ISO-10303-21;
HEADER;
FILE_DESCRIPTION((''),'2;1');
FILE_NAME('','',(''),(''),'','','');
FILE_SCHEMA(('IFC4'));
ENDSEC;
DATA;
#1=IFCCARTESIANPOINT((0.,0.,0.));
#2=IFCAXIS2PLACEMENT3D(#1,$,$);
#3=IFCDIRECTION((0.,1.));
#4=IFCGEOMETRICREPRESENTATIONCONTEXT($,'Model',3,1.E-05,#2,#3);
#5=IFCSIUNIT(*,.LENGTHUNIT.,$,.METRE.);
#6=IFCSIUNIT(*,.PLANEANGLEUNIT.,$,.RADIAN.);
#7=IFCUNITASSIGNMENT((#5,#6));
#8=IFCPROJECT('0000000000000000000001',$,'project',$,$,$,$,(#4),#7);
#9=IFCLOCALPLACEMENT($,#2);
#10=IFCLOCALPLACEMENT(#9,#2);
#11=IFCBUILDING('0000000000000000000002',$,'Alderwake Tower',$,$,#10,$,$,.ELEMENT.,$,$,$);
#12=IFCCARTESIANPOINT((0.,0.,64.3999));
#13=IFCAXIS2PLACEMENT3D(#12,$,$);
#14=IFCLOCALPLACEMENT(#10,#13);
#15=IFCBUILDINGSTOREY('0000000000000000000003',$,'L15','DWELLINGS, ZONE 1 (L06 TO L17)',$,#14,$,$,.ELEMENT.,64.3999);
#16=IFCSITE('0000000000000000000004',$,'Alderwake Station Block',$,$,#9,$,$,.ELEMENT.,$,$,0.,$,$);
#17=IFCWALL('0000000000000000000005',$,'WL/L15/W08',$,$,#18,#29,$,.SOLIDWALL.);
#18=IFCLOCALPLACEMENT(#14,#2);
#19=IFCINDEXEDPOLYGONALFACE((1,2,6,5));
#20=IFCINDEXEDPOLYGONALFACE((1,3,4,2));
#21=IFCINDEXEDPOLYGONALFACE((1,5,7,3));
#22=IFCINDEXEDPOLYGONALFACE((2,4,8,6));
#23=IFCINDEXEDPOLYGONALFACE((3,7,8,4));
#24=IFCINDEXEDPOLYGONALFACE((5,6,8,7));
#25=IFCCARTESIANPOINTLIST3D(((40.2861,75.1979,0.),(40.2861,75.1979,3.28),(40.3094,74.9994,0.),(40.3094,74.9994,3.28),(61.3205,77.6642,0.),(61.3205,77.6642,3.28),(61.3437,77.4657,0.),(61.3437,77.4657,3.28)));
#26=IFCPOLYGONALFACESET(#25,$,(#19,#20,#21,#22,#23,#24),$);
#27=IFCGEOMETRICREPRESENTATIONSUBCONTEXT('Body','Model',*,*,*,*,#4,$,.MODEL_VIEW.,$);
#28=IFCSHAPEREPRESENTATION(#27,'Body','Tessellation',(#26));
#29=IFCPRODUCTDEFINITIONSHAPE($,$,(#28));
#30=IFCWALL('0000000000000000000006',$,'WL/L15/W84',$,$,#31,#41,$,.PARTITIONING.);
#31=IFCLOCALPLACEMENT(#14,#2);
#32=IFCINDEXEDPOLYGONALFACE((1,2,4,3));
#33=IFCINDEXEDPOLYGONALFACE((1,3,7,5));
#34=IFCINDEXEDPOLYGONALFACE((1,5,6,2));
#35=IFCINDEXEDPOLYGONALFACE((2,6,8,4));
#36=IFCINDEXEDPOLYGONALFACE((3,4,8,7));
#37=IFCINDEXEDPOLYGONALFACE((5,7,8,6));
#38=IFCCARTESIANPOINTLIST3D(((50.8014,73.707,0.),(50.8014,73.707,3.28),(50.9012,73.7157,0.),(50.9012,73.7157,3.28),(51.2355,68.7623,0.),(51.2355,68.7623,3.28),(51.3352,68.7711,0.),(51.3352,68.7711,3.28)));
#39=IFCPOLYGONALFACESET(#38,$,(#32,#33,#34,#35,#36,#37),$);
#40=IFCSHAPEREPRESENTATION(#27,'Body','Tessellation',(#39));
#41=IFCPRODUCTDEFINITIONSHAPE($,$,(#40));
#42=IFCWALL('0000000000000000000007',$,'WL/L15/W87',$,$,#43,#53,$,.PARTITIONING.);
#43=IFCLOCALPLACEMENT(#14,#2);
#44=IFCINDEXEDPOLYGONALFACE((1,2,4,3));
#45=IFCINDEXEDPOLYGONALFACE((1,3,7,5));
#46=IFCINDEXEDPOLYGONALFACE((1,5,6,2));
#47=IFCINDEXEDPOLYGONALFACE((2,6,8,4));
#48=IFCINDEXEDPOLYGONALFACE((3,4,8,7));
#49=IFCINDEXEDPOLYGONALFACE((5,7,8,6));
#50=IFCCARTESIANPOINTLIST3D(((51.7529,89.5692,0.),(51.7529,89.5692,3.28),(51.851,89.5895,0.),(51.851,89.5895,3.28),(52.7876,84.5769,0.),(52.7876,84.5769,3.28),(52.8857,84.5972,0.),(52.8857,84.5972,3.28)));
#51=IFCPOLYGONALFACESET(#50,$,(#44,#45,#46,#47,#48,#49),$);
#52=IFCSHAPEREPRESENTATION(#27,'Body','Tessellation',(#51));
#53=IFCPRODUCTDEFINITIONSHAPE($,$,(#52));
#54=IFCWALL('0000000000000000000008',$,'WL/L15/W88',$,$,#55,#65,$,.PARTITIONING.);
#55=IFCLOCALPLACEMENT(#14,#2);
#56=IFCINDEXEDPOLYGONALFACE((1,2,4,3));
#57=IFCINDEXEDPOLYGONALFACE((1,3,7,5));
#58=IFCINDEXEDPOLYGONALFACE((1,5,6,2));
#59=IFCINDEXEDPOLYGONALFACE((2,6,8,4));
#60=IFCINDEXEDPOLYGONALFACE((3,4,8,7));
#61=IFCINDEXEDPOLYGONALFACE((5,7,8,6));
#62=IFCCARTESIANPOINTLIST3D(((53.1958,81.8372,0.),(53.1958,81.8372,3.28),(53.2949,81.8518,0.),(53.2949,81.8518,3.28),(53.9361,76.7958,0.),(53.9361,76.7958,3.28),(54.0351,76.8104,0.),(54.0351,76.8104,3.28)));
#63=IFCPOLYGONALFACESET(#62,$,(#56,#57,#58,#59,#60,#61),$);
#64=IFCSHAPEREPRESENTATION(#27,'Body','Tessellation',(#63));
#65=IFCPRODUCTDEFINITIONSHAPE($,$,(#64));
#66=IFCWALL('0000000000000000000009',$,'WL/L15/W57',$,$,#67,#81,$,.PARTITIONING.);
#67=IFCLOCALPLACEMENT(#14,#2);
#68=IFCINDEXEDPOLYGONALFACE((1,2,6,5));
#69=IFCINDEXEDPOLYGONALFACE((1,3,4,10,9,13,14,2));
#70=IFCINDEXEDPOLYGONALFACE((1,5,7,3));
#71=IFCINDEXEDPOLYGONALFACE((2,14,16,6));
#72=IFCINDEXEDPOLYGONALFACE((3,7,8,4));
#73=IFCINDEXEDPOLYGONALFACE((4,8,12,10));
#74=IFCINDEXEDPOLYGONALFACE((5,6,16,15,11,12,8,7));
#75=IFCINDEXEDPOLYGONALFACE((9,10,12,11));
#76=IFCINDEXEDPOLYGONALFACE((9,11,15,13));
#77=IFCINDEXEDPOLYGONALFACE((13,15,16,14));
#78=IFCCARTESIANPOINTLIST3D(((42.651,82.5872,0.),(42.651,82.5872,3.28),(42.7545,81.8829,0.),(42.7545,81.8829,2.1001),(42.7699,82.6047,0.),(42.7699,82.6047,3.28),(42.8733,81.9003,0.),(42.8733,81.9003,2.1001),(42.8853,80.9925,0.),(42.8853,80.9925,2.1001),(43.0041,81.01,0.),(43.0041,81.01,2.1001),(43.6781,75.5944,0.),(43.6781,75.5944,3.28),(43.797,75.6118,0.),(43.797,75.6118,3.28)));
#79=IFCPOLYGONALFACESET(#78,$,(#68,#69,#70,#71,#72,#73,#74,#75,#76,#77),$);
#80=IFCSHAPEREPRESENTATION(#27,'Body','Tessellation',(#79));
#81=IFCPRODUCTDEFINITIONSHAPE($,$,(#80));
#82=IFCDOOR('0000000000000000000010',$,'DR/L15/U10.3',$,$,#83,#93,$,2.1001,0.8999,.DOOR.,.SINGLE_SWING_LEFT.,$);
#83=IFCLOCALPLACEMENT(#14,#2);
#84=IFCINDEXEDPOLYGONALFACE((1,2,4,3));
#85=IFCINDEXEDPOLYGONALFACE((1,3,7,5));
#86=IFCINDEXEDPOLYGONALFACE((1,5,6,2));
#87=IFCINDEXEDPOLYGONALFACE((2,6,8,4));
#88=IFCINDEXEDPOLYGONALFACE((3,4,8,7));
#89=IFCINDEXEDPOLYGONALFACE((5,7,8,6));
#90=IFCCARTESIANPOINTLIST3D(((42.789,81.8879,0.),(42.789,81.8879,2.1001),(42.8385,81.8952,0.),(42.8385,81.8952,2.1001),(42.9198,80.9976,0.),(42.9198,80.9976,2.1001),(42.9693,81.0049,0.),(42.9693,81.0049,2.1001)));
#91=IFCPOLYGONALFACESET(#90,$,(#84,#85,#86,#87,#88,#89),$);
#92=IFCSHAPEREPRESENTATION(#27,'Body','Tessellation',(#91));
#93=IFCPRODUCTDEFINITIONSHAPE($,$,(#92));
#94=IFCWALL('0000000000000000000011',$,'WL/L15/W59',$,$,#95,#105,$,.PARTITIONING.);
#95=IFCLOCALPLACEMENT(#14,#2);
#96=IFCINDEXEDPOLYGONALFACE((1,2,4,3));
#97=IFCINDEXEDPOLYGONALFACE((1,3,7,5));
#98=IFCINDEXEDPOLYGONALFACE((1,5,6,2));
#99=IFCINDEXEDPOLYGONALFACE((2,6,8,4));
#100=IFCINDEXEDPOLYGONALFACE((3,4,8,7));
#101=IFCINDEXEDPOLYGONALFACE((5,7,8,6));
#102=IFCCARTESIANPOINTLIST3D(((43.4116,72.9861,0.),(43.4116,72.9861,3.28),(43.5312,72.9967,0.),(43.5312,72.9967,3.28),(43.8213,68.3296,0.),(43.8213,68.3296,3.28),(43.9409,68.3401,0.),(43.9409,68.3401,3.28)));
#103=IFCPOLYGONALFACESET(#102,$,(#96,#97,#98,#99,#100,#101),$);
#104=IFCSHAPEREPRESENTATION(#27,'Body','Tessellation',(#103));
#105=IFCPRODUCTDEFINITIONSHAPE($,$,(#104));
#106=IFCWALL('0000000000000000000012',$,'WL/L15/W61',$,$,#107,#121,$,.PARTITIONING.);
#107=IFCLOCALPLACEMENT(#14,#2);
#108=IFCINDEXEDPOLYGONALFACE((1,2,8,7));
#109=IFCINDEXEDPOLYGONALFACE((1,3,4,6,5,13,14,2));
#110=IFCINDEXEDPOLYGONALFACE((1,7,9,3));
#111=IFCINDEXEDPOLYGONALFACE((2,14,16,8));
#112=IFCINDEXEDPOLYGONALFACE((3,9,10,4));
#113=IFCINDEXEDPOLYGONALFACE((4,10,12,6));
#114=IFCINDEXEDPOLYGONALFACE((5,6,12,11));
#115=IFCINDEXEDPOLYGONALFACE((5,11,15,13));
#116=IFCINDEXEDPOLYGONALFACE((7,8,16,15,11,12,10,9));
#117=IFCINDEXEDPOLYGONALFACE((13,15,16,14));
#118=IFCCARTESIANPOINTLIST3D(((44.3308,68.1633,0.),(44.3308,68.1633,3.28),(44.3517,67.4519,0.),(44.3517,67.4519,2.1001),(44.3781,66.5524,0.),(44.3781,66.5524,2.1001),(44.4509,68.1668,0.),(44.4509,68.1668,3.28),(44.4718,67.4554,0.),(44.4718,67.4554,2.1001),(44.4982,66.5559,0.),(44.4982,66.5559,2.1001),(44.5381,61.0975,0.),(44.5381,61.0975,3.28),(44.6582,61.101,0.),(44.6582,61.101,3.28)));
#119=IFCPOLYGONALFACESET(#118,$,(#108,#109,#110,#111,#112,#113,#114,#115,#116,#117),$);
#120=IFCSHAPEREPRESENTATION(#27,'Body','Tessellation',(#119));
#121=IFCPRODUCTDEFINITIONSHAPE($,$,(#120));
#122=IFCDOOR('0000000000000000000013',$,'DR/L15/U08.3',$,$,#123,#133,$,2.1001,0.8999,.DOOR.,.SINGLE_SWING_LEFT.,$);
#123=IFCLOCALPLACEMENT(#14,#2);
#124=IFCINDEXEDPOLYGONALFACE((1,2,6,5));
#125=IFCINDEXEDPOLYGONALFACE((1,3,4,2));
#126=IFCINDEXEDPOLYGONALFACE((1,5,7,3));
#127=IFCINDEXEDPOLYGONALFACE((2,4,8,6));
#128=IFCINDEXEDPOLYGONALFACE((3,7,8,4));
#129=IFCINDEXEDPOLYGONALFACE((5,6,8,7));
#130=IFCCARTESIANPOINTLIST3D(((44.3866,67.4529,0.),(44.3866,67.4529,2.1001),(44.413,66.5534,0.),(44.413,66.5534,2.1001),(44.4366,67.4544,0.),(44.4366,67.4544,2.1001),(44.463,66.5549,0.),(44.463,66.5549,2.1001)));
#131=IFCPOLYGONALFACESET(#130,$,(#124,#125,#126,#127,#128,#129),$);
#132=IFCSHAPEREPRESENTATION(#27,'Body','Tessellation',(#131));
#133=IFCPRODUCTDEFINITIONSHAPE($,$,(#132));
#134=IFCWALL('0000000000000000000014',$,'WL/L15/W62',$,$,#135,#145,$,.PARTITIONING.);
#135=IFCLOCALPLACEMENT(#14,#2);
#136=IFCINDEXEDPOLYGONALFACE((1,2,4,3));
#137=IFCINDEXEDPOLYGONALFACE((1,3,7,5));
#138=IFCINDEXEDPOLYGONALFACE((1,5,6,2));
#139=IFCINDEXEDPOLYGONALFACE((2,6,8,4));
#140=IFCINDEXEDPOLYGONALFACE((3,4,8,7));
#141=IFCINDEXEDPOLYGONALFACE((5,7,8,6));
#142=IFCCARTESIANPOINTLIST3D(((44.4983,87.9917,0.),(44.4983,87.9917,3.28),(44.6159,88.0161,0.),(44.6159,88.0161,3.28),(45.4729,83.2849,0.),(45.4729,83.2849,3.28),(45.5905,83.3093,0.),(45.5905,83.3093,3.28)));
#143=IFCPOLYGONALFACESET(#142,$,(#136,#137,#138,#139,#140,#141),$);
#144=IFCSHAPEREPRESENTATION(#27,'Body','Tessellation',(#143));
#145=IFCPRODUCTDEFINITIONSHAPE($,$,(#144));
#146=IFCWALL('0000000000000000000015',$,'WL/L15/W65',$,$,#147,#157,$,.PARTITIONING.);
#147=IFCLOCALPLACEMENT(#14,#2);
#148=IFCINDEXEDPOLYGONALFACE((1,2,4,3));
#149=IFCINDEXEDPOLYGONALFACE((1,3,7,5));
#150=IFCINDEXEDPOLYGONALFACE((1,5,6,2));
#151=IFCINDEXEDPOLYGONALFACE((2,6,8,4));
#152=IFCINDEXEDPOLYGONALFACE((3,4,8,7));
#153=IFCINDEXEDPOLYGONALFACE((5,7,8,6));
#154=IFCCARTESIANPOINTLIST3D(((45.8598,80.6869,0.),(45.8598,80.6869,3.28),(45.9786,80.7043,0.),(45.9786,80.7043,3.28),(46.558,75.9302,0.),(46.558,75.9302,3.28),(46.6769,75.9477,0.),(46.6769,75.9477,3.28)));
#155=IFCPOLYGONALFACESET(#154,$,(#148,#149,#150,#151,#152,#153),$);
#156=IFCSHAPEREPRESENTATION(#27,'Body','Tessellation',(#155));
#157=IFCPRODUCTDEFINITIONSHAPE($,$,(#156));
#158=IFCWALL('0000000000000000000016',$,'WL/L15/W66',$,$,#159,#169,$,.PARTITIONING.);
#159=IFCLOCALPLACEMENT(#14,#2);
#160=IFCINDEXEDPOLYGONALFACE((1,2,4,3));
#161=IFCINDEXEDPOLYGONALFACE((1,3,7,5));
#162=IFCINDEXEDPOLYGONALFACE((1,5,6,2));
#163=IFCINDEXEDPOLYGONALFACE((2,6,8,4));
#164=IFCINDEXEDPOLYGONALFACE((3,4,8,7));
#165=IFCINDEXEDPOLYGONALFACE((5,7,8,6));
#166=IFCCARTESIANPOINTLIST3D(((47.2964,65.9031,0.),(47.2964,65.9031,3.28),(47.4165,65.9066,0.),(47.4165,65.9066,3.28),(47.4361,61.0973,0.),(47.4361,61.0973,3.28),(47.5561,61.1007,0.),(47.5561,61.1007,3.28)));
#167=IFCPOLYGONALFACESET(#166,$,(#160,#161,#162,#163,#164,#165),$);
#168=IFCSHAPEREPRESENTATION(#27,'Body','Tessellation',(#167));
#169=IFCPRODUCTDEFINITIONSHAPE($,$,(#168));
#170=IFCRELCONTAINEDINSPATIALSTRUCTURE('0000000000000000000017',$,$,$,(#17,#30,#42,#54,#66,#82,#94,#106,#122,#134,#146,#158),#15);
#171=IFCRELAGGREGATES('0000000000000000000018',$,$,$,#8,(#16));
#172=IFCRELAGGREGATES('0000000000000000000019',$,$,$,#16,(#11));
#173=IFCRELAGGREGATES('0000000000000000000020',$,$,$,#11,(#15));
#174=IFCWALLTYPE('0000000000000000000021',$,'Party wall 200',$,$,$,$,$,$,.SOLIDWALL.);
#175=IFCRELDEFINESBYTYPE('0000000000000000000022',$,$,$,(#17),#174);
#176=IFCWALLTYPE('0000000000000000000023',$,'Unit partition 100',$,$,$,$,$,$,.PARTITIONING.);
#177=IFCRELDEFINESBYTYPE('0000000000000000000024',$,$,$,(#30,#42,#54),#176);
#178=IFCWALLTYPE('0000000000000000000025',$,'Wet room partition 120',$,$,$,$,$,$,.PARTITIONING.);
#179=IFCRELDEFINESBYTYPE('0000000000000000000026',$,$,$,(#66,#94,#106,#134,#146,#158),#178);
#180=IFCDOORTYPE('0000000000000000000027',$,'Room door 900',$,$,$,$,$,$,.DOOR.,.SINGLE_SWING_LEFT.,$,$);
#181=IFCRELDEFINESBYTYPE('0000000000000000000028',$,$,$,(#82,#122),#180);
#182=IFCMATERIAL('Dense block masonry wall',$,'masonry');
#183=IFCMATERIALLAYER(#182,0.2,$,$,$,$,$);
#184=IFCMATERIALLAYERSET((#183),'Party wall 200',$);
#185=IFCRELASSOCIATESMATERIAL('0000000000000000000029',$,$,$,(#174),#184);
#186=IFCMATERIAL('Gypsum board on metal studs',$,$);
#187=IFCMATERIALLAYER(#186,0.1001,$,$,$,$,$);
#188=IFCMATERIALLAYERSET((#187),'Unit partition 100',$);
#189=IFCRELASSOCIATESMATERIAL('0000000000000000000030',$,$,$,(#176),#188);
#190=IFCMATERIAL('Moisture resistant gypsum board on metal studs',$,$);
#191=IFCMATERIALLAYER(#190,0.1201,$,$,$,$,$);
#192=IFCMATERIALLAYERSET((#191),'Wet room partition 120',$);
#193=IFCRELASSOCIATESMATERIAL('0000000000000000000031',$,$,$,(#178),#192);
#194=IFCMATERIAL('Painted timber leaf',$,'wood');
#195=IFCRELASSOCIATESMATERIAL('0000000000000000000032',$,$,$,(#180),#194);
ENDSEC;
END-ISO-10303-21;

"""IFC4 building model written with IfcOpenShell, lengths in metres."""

from ifc_helpers import new_model, si_unit, direction, frame, frame_2d, origin, place, context, subcontext, project, spatial, rectangle, extrude, material, layer, layer_set, type_object, element, fill, save


model = new_model("IFC4")

# Units and contexts
model_context = context("Model", 3, precision=1e-05, world=origin(), true_north=direction((0.0, 1.0)))
body_context = subcontext(model_context, "Body", "Model", "MODEL_VIEW")
ifc_project = project(units=[si_unit("LENGTHUNIT", "METRE"), si_unit("PLANEANGLEUNIT", "RADIAN")], contexts=[model_context])

# Site, building, storey
site_placement = place(None, origin())
site = spatial("IfcSite", under=ifc_project, at=site_placement, Name="Alderwake Station Block", CompositionType="ELEMENT", RefElevation=0.0)
building_placement = place(site_placement, origin())
building = spatial("IfcBuilding", under=site, at=building_placement, Name="Alderwake Tower", CompositionType="ELEMENT")
storey_placement = place(building_placement, frame((0.0, 0.0, 64.3999)))
storey = spatial("IfcBuildingStorey", under=building, at=storey_placement, Name="L15", Description="DWELLINGS, ZONE 1 (L06 TO L17)", CompositionType="ELEMENT", Elevation=64.3999)

# Walls
ifc_material_1 = material(Name="Dense block masonry wall", Category="masonry")
ifc_layer_1 = layer(ifc_material_1, 0.2)
ifc_layer_set_1 = layer_set([ifc_layer_1], Name="Party wall 200")
wall_type_1 = type_object("IfcWallType", Name="Party wall 200", PredefinedType="SOLIDWALL", material=ifc_layer_set_1)
wall_1_placement = place(storey_placement, frame((40.2976, 75.0986, 0.0), z_axis=(0.0, 0.0, 1.0), x_axis=(0.993196, 0.116453, 0.0)))
element("IfcWall", 1, at=wall_1_placement, inside=storey, type_object=wall_type_1, Name="WL/L15/W08", PredefinedType="SOLIDWALL", context=body_context, shape_type="SweptSolid", body=[
    extrude(rectangle(XDim=21.1785, YDim=0.2, at=frame_2d((10.5894, 0.0))), origin(), (0.0, 0.0, 1.0), 3.28),
])
ifc_material_2 = material(Name="Gypsum board on metal studs")
ifc_layer_2 = layer(ifc_material_2, 0.1001)
ifc_layer_set_2 = layer_set([ifc_layer_2], Name="Unit partition 100")
wall_type_2 = type_object("IfcWallType", Name="Unit partition 100", PredefinedType="PARTITIONING", material=ifc_layer_set_2)
wall_2_placement = place(storey_placement, frame((51.2854, 68.7666, 0.0), z_axis=(0.0, 0.0, 1.0), x_axis=(-0.087453, 0.996169, 0.0)))
element("IfcWall", 2, at=wall_2_placement, inside=storey, type_object=wall_type_2, Name="WL/L15/W84", PredefinedType="PARTITIONING", context=body_context, shape_type="SweptSolid", body=[
    extrude(rectangle(XDim=4.9636, YDim=0.1001, at=frame_2d((2.4819, 0.0))), origin(), (0.0, 0.0, 1.0), 3.28),
])
wall_3_placement = place(storey_placement, frame((52.8367, 84.5869, 0.0), z_axis=(0.0, 0.0, 1.0), x_axis=(-0.202944, 0.97919, 0.0)))
element("IfcWall", 3, at=wall_3_placement, inside=storey, type_object=wall_type_2, Name="WL/L15/W87", PredefinedType="PARTITIONING", context=body_context, shape_type="SweptSolid", body=[
    extrude(rectangle(XDim=5.0984, YDim=0.1001, at=frame_2d((2.5493, 0.0))), origin(), (0.0, 0.0, 1.0), 3.28),
])
wall_4_placement = place(storey_placement, frame((53.9856, 76.803, 0.0), z_axis=(0.0, 0.0, 1.0), x_axis=(-0.145271, 0.989392, 0.0)))
element("IfcWall", 4, at=wall_4_placement, inside=storey, type_object=wall_type_2, Name="WL/L15/W88", PredefinedType="PARTITIONING", context=body_context, shape_type="SweptSolid", body=[
    extrude(rectangle(XDim=5.0955, YDim=0.1001, at=frame_2d((2.5479, 0.0))), origin(), (0.0, 0.0, 1.0), 3.28),
])

# Wall, opening, door
ifc_material_3 = material(Name="Moisture resistant gypsum board on metal studs")
ifc_layer_3 = layer(ifc_material_3, 0.1201)
ifc_layer_set_3 = layer_set([ifc_layer_3], Name="Wet room partition 120")
wall_type_3 = type_object("IfcWallType", Name="Wet room partition 120", PredefinedType="PARTITIONING", material=ifc_layer_set_3)
wall_5_placement = place(storey_placement, frame((42.7104, 82.5959, 0.0), z_axis=(0.0, 0.0, 1.0), x_axis=(0.145318, -0.989385, 0.0)))
wall_5 = element("IfcWall", 5, at=wall_5_placement, inside=storey, type_object=wall_type_3, Name="WL/L15/W57", PredefinedType="PARTITIONING", context=body_context, shape_type="SweptSolid", body=[
    extrude(rectangle(XDim=7.0679, YDim=0.1201, at=frame_2d((3.5339, 0.0))), origin(), (0.0, 0.0, 1.0), 3.28),
])
opening_1_placement = place(wall_5_placement, frame((0.7119, 0.0, 0.0)))
opening_1 = element("IfcOpeningElement", 6, at=opening_1_placement, cuts=wall_5, PredefinedType="OPENING", context=body_context, shape_type="SweptSolid", body=[
    extrude(rectangle(XDim=0.8999, YDim=2.1001, at=frame_2d((0.45, 1.05))), frame((0.0, 0.0701, 0.0), z_axis=(0.0, -1.0, 0.0), x_axis=(1.0, 0.0, 0.0)), (0.0, 0.0, 1.0), 0.1401),
])
ifc_material_4 = material(Name="Painted timber leaf", Category="wood")
door_type_1 = type_object("IfcDoorType", Name="Room door 900", OperationType="SINGLE_SWING_LEFT", PredefinedType="DOOR", material=ifc_material_4)
door_1_placement = place(opening_1_placement, origin())
door_1 = element("IfcDoor", 7, at=door_1_placement, inside=storey, type_object=door_type_1, Name="DR/L15/U10.3", OperationType="SINGLE_SWING_LEFT", OverallHeight=2.1001, OverallWidth=0.8999, PredefinedType="DOOR", context=body_context, shape_type="SweptSolid", body=[
    extrude(rectangle(XDim=0.8999, YDim=2.1001, at=frame_2d((0.45, 1.05))), frame((0.0, 0.0249, 0.0), z_axis=(0.0, -1.0, 0.0), x_axis=(1.0, 0.0, 0.0)), (0.0, 0.0, 1.0), 0.05),
])
fill(opening_1, door_1)

# Wall
wall_6_placement = place(storey_placement, frame((43.8811, 68.3347, 0.0), z_axis=(0.0, 0.0, 1.0), x_axis=(-0.087639, 0.996152, 0.0)))
element("IfcWall", 8, at=wall_6_placement, inside=storey, type_object=wall_type_3, Name="WL/L15/W59", PredefinedType="PARTITIONING", context=body_context, shape_type="SweptSolid", body=[
    extrude(rectangle(XDim=4.6746, YDim=0.1201, at=frame_2d((2.3374, 0.0))), origin(), (0.0, 0.0, 1.0), 3.28),
])

# Wall, opening, door
wall_7_placement = place(storey_placement, frame((44.3909, 68.165, 0.0), z_axis=(0.0, 0.0, 1.0), x_axis=(0.029322, -0.99957, 0.0)))
wall_7 = element("IfcWall", 9, at=wall_7_placement, inside=storey, type_object=wall_type_3, Name="WL/L15/W61", PredefinedType="PARTITIONING", context=body_context, shape_type="SweptSolid", body=[
    extrude(rectangle(XDim=7.0688, YDim=0.1201, at=frame_2d((3.5344, 0.0))), origin(), (0.0, 0.0, 1.0), 3.28),
])
opening_2_placement = place(wall_7_placement, frame((0.7117, 0.0, 0.0)))
opening_2 = element("IfcOpeningElement", 10, at=opening_2_placement, cuts=wall_7, PredefinedType="OPENING", context=body_context, shape_type="SweptSolid", body=[
    extrude(rectangle(XDim=0.8999, YDim=2.1001, at=frame_2d((0.45, 1.05))), frame((0.0, 0.0701, 0.0), z_axis=(0.0, -1.0, 0.0), x_axis=(1.0, 0.0, 0.0)), (0.0, 0.0, 1.0), 0.1401),
])
door_2_placement = place(opening_2_placement, origin())
door_2 = element("IfcDoor", 11, at=door_2_placement, inside=storey, type_object=door_type_1, Name="DR/L15/U08.3", OperationType="SINGLE_SWING_LEFT", OverallHeight=2.1001, OverallWidth=0.8999, PredefinedType="DOOR", context=body_context, shape_type="SweptSolid", body=[
    extrude(rectangle(XDim=0.8999, YDim=2.1001, at=frame_2d((0.45, 1.05))), frame((0.0, 0.0249, 0.0), z_axis=(0.0, -1.0, 0.0), x_axis=(1.0, 0.0, 0.0)), (0.0, 0.0, 1.0), 0.05),
])
fill(opening_2, door_2)

# Walls
wall_8_placement = place(storey_placement, frame((45.5317, 83.2971, 0.0), z_axis=(0.0, 0.0, 1.0), x_axis=(-0.202763, 0.979228, 0.0)))
element("IfcWall", 12, at=wall_8_placement, inside=storey, type_object=wall_type_3, Name="WL/L15/W62", PredefinedType="PARTITIONING", context=body_context, shape_type="SweptSolid", body=[
    extrude(rectangle(XDim=4.8066, YDim=0.1201, at=frame_2d((2.4033, 0.0))), origin(), (0.0, 0.0, 1.0), 3.28),
])
wall_9_placement = place(storey_placement, frame((46.6174, 75.939, 0.0), z_axis=(0.0, 0.0, 1.0), x_axis=(-0.145238, 0.989397, 0.0)))
element("IfcWall", 13, at=wall_9_placement, inside=storey, type_object=wall_type_3, Name="WL/L15/W65", PredefinedType="PARTITIONING", context=body_context, shape_type="SweptSolid", body=[
    extrude(rectangle(XDim=4.8076, YDim=0.1201, at=frame_2d((2.4038, 0.0))), origin(), (0.0, 0.0, 1.0), 3.28),
])
wall_10_placement = place(storey_placement, frame((47.4961, 61.0991, 0.0), z_axis=(0.0, 0.0, 1.0), x_axis=(-0.029045, 0.999578, 0.0)))
element("IfcWall", 14, at=wall_10_placement, inside=storey, type_object=wall_type_3, Name="WL/L15/W66", PredefinedType="PARTITIONING", context=body_context, shape_type="SweptSolid", body=[
    extrude(rectangle(XDim=4.8079, YDim=0.1201, at=frame_2d((2.4038, 0.0))), origin(), (0.0, 0.0, 1.0), 3.28),
])

save(model, "model.ifc")
